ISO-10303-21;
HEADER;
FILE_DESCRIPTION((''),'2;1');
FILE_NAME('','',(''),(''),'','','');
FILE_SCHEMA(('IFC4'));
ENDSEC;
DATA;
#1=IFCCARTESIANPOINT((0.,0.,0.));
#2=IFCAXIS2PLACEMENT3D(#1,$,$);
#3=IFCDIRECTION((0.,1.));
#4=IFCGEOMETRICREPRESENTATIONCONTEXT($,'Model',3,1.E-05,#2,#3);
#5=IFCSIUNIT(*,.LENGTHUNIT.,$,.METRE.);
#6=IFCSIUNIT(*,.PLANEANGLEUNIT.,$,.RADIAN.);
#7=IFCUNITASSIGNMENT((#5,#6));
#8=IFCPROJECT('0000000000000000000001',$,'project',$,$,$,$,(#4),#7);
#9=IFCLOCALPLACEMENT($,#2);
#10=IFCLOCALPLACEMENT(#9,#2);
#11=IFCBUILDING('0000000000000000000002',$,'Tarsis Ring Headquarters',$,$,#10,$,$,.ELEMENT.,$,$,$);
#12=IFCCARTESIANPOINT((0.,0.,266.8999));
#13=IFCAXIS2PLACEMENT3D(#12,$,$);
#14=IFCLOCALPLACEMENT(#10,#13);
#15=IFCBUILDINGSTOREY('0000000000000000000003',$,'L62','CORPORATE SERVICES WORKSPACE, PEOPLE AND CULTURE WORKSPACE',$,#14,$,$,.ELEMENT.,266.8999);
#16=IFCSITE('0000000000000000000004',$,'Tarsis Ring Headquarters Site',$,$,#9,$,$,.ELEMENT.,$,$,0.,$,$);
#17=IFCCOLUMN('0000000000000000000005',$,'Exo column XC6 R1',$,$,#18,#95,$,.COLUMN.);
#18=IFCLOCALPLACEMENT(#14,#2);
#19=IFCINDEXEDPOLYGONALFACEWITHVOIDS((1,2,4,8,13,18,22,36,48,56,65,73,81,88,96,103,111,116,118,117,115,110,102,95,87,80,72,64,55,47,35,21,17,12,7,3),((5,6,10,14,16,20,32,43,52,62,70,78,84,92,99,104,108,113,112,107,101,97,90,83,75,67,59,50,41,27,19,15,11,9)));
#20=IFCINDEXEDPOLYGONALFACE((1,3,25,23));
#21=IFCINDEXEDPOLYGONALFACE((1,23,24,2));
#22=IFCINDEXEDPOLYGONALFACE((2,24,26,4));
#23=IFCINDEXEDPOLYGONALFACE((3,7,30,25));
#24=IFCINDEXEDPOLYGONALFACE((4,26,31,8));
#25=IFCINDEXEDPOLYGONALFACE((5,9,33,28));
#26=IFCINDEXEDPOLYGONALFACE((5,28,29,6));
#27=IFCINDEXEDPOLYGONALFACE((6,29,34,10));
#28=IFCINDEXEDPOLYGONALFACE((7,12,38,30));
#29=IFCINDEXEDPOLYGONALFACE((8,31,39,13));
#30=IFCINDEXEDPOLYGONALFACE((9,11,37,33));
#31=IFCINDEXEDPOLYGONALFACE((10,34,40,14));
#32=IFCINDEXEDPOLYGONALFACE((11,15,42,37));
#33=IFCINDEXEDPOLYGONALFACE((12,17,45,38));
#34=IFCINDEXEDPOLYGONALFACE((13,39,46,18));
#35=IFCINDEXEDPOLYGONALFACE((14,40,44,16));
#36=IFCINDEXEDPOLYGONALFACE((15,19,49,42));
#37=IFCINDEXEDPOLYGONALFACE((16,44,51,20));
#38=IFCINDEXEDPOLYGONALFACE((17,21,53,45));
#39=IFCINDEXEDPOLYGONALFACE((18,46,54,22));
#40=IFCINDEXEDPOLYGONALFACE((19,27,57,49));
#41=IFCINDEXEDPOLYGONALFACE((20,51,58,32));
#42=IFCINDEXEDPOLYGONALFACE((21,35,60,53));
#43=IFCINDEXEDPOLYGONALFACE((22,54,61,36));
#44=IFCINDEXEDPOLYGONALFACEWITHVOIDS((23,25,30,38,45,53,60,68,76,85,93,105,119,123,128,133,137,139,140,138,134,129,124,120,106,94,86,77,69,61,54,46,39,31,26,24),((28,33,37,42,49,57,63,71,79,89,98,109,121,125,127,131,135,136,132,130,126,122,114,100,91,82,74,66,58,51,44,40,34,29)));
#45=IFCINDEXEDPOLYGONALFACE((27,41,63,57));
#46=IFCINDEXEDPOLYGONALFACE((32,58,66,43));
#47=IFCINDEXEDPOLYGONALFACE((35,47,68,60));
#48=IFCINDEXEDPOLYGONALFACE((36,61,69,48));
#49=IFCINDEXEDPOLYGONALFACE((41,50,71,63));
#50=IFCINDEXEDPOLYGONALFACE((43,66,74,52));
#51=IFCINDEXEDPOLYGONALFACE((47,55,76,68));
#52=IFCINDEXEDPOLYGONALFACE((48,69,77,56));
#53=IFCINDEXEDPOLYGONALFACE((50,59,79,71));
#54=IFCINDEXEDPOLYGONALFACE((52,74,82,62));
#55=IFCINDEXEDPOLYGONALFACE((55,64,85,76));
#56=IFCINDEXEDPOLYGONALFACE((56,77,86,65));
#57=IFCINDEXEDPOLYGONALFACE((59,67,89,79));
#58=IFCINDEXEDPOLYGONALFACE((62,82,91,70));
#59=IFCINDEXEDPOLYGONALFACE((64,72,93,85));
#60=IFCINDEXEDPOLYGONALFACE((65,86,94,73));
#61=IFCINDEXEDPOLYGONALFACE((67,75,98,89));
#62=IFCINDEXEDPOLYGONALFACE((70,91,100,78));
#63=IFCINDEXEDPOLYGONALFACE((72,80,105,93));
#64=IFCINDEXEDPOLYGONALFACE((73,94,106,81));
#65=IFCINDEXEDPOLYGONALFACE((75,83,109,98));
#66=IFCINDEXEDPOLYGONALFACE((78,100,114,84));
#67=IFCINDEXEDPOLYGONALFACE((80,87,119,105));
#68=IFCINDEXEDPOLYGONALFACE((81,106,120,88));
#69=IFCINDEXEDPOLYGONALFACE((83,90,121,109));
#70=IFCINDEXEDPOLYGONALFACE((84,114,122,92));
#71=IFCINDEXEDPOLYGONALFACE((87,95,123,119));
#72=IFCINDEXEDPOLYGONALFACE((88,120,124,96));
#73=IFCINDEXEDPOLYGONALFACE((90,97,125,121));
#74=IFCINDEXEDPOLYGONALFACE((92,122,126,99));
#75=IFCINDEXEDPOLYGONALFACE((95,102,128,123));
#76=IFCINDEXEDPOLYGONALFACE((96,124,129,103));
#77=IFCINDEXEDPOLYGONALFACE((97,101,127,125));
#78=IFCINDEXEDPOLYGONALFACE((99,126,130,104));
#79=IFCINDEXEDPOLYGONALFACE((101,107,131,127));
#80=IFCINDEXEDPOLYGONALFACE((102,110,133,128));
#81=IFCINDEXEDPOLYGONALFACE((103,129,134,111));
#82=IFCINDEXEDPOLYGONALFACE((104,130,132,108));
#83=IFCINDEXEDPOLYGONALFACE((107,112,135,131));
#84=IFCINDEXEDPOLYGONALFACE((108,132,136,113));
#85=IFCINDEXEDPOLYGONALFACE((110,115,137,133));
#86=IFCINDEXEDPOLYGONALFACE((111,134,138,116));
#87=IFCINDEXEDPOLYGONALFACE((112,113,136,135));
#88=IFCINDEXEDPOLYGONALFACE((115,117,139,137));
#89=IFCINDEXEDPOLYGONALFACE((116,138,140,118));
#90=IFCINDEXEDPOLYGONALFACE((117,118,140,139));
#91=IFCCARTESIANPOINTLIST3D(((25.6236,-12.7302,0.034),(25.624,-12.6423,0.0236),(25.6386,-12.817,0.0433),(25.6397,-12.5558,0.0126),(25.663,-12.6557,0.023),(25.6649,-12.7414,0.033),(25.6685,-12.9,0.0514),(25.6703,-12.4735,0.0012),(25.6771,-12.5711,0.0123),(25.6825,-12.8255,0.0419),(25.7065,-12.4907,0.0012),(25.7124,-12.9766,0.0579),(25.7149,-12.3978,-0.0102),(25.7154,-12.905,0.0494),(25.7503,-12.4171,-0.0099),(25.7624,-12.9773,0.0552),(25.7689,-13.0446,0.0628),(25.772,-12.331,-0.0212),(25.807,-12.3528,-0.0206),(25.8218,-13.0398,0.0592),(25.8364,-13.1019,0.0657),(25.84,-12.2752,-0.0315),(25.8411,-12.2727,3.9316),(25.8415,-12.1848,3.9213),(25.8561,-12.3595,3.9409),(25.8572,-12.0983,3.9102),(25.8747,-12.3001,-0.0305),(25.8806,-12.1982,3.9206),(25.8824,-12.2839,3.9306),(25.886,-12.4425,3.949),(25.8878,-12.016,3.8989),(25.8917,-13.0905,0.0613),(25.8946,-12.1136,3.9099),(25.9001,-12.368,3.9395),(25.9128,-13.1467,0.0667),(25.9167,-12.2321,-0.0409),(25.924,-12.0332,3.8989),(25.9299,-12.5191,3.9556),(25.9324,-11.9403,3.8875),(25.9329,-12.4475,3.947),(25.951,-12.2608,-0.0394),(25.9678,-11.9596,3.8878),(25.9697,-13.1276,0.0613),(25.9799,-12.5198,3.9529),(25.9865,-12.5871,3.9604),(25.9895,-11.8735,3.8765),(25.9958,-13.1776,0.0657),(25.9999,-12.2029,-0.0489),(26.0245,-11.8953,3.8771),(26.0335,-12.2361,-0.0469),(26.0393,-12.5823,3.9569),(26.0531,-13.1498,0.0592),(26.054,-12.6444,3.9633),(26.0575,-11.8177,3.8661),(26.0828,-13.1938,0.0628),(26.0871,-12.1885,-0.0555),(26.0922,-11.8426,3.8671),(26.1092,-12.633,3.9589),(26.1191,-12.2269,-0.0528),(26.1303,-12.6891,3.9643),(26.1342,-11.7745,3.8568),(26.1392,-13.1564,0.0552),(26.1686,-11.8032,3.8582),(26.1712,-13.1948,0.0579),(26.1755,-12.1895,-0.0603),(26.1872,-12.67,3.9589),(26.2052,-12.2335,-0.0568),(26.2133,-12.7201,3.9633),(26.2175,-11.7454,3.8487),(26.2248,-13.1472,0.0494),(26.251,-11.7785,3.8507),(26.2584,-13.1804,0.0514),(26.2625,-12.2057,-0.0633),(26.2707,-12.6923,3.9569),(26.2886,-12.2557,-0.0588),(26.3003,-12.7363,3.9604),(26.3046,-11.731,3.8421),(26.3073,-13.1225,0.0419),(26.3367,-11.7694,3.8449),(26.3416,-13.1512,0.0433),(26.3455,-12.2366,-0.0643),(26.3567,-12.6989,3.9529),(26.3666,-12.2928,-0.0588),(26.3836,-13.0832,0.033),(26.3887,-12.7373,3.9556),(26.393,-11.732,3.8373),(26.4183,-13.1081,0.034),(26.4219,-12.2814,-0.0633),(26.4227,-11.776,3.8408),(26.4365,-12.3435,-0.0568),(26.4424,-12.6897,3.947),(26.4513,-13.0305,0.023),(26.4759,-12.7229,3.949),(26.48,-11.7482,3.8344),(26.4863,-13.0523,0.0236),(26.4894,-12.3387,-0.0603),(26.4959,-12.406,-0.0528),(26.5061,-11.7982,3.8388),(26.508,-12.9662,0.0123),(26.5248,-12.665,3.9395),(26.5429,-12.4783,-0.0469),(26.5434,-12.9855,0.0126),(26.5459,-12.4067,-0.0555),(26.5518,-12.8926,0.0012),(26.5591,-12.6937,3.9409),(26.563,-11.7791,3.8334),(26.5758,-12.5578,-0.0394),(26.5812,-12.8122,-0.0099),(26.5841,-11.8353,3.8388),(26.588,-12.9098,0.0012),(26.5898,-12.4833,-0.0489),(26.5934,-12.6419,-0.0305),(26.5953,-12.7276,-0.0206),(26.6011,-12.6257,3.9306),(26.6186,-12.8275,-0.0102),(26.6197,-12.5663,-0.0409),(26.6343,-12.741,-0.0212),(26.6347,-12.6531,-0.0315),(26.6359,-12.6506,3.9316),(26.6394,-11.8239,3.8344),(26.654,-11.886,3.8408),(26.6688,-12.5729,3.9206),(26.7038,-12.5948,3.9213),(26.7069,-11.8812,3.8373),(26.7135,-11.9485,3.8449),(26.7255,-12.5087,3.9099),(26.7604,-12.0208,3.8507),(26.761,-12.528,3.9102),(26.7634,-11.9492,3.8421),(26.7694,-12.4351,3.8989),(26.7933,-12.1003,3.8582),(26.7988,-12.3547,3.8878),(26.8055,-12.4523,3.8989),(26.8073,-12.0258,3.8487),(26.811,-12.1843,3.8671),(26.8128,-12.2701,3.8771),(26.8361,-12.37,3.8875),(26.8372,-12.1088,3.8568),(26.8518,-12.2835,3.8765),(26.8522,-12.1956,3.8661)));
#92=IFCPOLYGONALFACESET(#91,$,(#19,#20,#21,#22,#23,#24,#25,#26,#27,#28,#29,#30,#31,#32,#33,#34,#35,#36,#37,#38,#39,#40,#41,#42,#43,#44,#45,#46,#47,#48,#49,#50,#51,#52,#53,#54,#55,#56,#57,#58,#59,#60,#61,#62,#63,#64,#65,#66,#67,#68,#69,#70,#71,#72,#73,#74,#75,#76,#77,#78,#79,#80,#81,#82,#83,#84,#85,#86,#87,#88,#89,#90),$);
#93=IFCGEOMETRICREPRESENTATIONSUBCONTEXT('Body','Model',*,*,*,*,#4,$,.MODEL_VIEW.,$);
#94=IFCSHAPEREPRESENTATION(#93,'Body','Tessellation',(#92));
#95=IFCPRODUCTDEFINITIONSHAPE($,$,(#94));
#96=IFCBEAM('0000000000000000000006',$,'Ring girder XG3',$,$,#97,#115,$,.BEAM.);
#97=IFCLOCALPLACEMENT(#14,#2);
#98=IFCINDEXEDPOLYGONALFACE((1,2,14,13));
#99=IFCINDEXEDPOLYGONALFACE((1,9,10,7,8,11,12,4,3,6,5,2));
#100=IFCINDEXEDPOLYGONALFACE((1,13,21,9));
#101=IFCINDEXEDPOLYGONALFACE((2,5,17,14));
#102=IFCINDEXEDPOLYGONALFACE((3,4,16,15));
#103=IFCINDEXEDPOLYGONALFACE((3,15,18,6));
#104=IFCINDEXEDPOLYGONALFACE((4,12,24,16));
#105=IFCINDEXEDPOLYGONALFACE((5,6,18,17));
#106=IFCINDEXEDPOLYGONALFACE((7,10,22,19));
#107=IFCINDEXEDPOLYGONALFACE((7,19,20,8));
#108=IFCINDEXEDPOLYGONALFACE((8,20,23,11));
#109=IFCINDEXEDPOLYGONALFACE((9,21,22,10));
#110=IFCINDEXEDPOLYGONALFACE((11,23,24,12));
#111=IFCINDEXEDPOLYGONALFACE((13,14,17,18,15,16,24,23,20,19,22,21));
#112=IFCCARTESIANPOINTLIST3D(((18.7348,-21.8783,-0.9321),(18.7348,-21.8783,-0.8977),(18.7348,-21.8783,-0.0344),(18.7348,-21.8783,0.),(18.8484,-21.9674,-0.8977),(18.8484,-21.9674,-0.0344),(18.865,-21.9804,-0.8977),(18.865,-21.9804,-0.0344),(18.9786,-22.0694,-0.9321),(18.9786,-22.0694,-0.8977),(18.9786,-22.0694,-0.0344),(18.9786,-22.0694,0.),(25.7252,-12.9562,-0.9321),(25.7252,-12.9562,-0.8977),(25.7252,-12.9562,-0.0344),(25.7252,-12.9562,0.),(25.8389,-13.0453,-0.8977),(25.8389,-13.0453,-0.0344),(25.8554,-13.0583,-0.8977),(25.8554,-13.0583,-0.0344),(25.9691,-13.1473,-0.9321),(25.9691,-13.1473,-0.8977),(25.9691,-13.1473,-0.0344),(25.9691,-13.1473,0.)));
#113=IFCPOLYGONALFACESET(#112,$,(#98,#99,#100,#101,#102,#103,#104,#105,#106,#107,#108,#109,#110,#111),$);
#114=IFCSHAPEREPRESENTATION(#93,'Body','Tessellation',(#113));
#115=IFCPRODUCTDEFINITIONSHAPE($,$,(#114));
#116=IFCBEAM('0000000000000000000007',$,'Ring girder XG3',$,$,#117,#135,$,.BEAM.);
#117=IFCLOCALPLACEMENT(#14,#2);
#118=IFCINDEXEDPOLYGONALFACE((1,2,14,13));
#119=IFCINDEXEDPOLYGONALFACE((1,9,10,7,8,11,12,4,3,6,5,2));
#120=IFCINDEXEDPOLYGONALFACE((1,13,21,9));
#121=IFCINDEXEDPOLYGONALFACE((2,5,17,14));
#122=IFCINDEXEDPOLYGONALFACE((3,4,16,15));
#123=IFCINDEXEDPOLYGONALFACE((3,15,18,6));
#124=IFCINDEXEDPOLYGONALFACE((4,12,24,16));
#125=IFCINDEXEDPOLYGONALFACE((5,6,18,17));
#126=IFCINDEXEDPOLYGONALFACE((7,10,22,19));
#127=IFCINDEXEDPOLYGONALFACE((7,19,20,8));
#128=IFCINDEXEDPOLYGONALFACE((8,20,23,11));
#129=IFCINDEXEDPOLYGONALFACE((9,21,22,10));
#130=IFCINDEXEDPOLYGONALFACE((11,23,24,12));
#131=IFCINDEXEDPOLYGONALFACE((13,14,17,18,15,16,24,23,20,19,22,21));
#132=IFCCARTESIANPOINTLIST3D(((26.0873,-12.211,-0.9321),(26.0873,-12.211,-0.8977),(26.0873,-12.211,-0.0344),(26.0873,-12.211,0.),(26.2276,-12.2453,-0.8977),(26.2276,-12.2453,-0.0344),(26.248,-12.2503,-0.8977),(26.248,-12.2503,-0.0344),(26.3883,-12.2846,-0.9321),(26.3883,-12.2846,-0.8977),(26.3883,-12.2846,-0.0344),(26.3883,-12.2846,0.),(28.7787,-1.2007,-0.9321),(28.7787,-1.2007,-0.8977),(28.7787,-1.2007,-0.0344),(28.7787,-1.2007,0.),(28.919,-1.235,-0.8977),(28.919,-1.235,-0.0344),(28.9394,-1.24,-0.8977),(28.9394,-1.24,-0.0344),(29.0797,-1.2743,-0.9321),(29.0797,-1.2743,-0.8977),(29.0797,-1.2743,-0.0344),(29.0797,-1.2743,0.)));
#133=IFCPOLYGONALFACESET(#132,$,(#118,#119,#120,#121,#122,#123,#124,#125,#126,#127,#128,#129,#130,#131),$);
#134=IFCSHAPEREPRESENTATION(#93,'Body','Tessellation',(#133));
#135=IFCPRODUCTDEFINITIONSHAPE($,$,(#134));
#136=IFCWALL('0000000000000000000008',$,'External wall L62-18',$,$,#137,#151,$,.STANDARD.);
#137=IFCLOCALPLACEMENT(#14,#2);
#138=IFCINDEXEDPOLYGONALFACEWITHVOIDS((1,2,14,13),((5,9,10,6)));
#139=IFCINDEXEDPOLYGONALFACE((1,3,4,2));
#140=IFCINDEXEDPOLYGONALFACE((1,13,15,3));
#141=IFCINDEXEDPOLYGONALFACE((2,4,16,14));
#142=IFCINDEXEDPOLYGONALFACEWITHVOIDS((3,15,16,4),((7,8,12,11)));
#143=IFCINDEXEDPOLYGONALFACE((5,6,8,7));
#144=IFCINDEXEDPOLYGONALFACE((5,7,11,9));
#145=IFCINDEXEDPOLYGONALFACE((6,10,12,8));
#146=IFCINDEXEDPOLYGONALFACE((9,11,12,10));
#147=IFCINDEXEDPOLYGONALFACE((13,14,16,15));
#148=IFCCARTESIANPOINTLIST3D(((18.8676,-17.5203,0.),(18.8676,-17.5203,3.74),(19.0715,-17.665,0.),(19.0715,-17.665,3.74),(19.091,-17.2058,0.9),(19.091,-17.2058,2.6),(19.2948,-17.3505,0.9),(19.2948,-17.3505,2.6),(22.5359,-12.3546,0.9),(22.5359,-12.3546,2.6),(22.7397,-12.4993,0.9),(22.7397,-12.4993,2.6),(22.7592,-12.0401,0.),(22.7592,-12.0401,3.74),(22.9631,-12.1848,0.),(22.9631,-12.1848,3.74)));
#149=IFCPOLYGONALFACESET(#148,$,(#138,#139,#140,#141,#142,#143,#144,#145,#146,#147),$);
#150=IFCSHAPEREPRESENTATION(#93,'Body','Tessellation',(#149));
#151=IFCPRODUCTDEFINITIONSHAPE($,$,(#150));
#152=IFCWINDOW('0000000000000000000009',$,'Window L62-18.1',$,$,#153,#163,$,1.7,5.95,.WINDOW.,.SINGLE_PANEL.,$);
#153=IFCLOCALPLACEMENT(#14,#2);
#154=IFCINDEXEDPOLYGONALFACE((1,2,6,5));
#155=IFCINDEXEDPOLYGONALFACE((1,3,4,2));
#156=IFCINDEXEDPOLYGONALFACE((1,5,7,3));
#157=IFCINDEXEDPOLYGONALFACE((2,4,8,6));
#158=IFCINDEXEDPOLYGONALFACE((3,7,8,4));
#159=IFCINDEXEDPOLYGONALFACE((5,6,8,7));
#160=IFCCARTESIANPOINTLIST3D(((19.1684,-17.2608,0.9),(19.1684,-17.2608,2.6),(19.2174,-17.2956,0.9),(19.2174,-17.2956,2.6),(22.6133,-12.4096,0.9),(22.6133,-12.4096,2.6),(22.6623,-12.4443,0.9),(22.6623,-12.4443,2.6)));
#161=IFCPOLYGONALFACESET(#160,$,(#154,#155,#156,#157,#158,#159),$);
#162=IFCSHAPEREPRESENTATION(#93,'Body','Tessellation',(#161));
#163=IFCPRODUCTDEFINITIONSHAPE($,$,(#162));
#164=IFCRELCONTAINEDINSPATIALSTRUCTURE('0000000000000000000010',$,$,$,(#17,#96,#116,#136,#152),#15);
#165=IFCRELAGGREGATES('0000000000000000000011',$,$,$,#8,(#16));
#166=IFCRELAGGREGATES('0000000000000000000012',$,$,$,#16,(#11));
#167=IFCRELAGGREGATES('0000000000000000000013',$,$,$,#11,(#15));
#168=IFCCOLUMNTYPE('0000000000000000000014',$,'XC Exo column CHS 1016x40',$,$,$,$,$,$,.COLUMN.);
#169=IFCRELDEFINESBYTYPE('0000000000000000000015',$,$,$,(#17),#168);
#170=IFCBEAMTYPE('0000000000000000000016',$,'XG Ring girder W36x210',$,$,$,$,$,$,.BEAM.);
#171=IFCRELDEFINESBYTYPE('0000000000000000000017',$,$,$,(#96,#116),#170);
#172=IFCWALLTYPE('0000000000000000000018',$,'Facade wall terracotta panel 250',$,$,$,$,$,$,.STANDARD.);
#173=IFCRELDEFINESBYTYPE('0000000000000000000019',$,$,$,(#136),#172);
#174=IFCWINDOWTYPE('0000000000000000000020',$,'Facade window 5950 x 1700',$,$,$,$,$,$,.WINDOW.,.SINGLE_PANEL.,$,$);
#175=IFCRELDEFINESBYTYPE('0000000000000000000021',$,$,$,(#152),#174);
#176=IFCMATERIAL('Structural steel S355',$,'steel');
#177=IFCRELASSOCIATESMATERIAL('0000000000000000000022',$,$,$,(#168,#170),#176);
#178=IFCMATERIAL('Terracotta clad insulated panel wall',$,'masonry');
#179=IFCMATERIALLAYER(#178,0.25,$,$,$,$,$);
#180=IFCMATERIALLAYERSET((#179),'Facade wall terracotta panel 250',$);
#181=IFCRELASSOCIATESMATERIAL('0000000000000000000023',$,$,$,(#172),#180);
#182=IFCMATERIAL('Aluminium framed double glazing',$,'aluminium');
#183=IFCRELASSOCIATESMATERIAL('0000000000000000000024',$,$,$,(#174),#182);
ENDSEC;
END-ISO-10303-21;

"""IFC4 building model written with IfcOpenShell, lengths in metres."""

from ifc_helpers import new_model, si_unit, direction, frame, frame_2d, origin, origin_2d, place, context, subcontext, project, spatial, rectangle, hollow_circle, i_section, extrude, material, layer, layer_set, material_profile, profile_set, type_object, element, fill, save


model = new_model("IFC4")

# Units and contexts
model_context = context("Model", 3, precision=1e-05, world=origin(), true_north=direction((0.0, 1.0)))
body_context = subcontext(model_context, "Body", "Model", "MODEL_VIEW")
ifc_project = project(units=[si_unit("LENGTHUNIT", "METRE"), si_unit("PLANEANGLEUNIT", "RADIAN")], contexts=[model_context])

# Site, building, storey
site_placement = place(None, origin())
site = spatial("IfcSite", under=ifc_project, at=site_placement, Name="Tarsis Ring Headquarters Site", CompositionType="ELEMENT", RefElevation=0.0)
building_placement = place(site_placement, origin())
building = spatial("IfcBuilding", under=site, at=building_placement, Name="Tarsis Ring Headquarters", CompositionType="ELEMENT")
storey_placement = place(building_placement, frame((0.0, 0.0, 266.8999)))
storey = spatial("IfcBuildingStorey", under=building, at=storey_placement, Name="L62", Description="CORPORATE SERVICES WORKSPACE, PEOPLE AND CULTURE WORKSPACE", CompositionType="ELEMENT", Elevation=266.8999)

# Column
ifc_material_1 = material(Name="Structural steel S355", Category="steel")
ifc_material_profile_1 = material_profile(ifc_material_1, hollow_circle(Radius=0.5081, WallThickness=0.04, at=origin_2d()), Name="CHS 1016x40")
ifc_profile_set_1 = profile_set([ifc_material_profile_1], Name="Structural steel S355")
column_type = type_object("IfcColumnType", Name="XC Exo column CHS 1016x40", PredefinedType="COLUMN", material=ifc_profile_set_1)
column_placement = place(storey_placement, frame((26.1292, -12.6917, 0.0012), z_axis=(0.055344, 0.116403, 0.991659), x_axis=(-0.903119, 0.429391, 0.0)))
element("IfcColumn", 1, at=column_placement, inside=storey, type_object=column_type, Name="Exo column XC6 R1", PredefinedType="COLUMN", context=body_context, shape_type="SweptSolid", body=[
    extrude(hollow_circle(Radius=0.5081, WallThickness=0.04, at=origin_2d()), origin(), (0.0, 0.0, 1.0), 3.9304),
])

# Beams
ifc_material_profile_2 = material_profile(ifc_material_1, i_section(OverallWidth=0.3098, OverallDepth=0.9321, WebThickness=0.021, FlangeThickness=0.0344, at=origin_2d()), Name="W36x210")
ifc_profile_set_2 = profile_set([ifc_material_profile_2], Name="Structural steel S355")
beam_type = type_object("IfcBeamType", Name="XG Ring girder W36x210", PredefinedType="BEAM", material=ifc_profile_set_2)
for number, where, z_axis, x_axis, name in (
    (2, (18.8567, -21.9739, -0.4661), (0.616743, 0.787164, 0.0), (-0.787164, 0.616743, 0.0), "Ring girder XG3"),
    (3, (26.2378, -12.2478, -0.4661), (0.237454, 0.971399, 0.0), (-0.971399, 0.237454, 0.0), "Ring girder XG3"),
):
    element("IfcBeam", number, at=place(storey_placement, frame(where, z_axis=z_axis, x_axis=x_axis)), inside=storey, type_object=beam_type, Name=name, PredefinedType="BEAM", context=body_context, shape_type="SweptSolid", body=[
        extrude(i_section(OverallWidth=0.3098, OverallDepth=0.9321, WebThickness=0.021, FlangeThickness=0.0344, at=origin_2d()), origin(), (0.0, 0.0, 1.0), 11.3345),
    ])

# Wall, opening, window
ifc_material_2 = material(Name="Terracotta clad insulated panel wall", Category="masonry")
ifc_layer = layer(ifc_material_2, 0.25)
ifc_layer_set = layer_set([ifc_layer], Name="Facade wall terracotta panel 250")
wall_type = type_object("IfcWallType", Name="Facade wall terracotta panel 250", PredefinedType="STANDARD", material=ifc_layer_set)
wall_1_placement = place(storey_placement, frame((18.9695, -17.5928, 0.0), z_axis=(0.0, 0.0, 1.0), x_axis=(0.578985, 0.815338, 0.0)))
wall_1 = element("IfcWall", 4, at=wall_1_placement, inside=storey, type_object=wall_type, Name="External wall L62-18", PredefinedType="STANDARD", context=body_context, shape_type="SweptSolid", body=[
    extrude(rectangle(XDim=6.7214, YDim=0.25, at=frame_2d((3.3608, 0.0))), origin(), (0.0, 0.0, 1.0), 3.74),
])
opening_1_placement = place(wall_1_placement, frame((0.3857, 0.0, 0.8999)))
opening_1 = element("IfcOpeningElement", 5, at=opening_1_placement, cuts=wall_1, PredefinedType="OPENING", context=body_context, shape_type="SweptSolid", body=[
    extrude(rectangle(XDim=5.95, YDim=1.7, at=frame_2d((2.9751, 0.8501))), frame((0.0, 0.135, 0.0), z_axis=(0.0, -1.0, 0.0), x_axis=(1.0, 0.0, 0.0)), (0.0, 0.0, 1.0), 0.27),
])
ifc_material_3 = material(Name="Aluminium framed double glazing", Category="aluminium")
window_type = type_object("IfcWindowType", Name="Facade window 5950 x 1700", PartitioningType="SINGLE_PANEL", PredefinedType="WINDOW", material=ifc_material_3)
window_1_placement = place(opening_1_placement, origin())
window_1 = element("IfcWindow", 6, at=window_1_placement, inside=storey, type_object=window_type, Name="Window L62-18.1", OverallHeight=1.7, OverallWidth=5.95, PartitioningType="SINGLE_PANEL", PredefinedType="WINDOW", context=body_context, shape_type="SweptSolid", body=[
    extrude(rectangle(XDim=5.95, YDim=1.7, at=frame_2d((2.9751, 0.8501))), frame((0.0, 0.03, 0.0), z_axis=(0.0, -1.0, 0.0), x_axis=(1.0, 0.0, 0.0)), (0.0, 0.0, 1.0), 0.0601),
])
fill(opening_1, window_1)

save(model, "model.ifc")
